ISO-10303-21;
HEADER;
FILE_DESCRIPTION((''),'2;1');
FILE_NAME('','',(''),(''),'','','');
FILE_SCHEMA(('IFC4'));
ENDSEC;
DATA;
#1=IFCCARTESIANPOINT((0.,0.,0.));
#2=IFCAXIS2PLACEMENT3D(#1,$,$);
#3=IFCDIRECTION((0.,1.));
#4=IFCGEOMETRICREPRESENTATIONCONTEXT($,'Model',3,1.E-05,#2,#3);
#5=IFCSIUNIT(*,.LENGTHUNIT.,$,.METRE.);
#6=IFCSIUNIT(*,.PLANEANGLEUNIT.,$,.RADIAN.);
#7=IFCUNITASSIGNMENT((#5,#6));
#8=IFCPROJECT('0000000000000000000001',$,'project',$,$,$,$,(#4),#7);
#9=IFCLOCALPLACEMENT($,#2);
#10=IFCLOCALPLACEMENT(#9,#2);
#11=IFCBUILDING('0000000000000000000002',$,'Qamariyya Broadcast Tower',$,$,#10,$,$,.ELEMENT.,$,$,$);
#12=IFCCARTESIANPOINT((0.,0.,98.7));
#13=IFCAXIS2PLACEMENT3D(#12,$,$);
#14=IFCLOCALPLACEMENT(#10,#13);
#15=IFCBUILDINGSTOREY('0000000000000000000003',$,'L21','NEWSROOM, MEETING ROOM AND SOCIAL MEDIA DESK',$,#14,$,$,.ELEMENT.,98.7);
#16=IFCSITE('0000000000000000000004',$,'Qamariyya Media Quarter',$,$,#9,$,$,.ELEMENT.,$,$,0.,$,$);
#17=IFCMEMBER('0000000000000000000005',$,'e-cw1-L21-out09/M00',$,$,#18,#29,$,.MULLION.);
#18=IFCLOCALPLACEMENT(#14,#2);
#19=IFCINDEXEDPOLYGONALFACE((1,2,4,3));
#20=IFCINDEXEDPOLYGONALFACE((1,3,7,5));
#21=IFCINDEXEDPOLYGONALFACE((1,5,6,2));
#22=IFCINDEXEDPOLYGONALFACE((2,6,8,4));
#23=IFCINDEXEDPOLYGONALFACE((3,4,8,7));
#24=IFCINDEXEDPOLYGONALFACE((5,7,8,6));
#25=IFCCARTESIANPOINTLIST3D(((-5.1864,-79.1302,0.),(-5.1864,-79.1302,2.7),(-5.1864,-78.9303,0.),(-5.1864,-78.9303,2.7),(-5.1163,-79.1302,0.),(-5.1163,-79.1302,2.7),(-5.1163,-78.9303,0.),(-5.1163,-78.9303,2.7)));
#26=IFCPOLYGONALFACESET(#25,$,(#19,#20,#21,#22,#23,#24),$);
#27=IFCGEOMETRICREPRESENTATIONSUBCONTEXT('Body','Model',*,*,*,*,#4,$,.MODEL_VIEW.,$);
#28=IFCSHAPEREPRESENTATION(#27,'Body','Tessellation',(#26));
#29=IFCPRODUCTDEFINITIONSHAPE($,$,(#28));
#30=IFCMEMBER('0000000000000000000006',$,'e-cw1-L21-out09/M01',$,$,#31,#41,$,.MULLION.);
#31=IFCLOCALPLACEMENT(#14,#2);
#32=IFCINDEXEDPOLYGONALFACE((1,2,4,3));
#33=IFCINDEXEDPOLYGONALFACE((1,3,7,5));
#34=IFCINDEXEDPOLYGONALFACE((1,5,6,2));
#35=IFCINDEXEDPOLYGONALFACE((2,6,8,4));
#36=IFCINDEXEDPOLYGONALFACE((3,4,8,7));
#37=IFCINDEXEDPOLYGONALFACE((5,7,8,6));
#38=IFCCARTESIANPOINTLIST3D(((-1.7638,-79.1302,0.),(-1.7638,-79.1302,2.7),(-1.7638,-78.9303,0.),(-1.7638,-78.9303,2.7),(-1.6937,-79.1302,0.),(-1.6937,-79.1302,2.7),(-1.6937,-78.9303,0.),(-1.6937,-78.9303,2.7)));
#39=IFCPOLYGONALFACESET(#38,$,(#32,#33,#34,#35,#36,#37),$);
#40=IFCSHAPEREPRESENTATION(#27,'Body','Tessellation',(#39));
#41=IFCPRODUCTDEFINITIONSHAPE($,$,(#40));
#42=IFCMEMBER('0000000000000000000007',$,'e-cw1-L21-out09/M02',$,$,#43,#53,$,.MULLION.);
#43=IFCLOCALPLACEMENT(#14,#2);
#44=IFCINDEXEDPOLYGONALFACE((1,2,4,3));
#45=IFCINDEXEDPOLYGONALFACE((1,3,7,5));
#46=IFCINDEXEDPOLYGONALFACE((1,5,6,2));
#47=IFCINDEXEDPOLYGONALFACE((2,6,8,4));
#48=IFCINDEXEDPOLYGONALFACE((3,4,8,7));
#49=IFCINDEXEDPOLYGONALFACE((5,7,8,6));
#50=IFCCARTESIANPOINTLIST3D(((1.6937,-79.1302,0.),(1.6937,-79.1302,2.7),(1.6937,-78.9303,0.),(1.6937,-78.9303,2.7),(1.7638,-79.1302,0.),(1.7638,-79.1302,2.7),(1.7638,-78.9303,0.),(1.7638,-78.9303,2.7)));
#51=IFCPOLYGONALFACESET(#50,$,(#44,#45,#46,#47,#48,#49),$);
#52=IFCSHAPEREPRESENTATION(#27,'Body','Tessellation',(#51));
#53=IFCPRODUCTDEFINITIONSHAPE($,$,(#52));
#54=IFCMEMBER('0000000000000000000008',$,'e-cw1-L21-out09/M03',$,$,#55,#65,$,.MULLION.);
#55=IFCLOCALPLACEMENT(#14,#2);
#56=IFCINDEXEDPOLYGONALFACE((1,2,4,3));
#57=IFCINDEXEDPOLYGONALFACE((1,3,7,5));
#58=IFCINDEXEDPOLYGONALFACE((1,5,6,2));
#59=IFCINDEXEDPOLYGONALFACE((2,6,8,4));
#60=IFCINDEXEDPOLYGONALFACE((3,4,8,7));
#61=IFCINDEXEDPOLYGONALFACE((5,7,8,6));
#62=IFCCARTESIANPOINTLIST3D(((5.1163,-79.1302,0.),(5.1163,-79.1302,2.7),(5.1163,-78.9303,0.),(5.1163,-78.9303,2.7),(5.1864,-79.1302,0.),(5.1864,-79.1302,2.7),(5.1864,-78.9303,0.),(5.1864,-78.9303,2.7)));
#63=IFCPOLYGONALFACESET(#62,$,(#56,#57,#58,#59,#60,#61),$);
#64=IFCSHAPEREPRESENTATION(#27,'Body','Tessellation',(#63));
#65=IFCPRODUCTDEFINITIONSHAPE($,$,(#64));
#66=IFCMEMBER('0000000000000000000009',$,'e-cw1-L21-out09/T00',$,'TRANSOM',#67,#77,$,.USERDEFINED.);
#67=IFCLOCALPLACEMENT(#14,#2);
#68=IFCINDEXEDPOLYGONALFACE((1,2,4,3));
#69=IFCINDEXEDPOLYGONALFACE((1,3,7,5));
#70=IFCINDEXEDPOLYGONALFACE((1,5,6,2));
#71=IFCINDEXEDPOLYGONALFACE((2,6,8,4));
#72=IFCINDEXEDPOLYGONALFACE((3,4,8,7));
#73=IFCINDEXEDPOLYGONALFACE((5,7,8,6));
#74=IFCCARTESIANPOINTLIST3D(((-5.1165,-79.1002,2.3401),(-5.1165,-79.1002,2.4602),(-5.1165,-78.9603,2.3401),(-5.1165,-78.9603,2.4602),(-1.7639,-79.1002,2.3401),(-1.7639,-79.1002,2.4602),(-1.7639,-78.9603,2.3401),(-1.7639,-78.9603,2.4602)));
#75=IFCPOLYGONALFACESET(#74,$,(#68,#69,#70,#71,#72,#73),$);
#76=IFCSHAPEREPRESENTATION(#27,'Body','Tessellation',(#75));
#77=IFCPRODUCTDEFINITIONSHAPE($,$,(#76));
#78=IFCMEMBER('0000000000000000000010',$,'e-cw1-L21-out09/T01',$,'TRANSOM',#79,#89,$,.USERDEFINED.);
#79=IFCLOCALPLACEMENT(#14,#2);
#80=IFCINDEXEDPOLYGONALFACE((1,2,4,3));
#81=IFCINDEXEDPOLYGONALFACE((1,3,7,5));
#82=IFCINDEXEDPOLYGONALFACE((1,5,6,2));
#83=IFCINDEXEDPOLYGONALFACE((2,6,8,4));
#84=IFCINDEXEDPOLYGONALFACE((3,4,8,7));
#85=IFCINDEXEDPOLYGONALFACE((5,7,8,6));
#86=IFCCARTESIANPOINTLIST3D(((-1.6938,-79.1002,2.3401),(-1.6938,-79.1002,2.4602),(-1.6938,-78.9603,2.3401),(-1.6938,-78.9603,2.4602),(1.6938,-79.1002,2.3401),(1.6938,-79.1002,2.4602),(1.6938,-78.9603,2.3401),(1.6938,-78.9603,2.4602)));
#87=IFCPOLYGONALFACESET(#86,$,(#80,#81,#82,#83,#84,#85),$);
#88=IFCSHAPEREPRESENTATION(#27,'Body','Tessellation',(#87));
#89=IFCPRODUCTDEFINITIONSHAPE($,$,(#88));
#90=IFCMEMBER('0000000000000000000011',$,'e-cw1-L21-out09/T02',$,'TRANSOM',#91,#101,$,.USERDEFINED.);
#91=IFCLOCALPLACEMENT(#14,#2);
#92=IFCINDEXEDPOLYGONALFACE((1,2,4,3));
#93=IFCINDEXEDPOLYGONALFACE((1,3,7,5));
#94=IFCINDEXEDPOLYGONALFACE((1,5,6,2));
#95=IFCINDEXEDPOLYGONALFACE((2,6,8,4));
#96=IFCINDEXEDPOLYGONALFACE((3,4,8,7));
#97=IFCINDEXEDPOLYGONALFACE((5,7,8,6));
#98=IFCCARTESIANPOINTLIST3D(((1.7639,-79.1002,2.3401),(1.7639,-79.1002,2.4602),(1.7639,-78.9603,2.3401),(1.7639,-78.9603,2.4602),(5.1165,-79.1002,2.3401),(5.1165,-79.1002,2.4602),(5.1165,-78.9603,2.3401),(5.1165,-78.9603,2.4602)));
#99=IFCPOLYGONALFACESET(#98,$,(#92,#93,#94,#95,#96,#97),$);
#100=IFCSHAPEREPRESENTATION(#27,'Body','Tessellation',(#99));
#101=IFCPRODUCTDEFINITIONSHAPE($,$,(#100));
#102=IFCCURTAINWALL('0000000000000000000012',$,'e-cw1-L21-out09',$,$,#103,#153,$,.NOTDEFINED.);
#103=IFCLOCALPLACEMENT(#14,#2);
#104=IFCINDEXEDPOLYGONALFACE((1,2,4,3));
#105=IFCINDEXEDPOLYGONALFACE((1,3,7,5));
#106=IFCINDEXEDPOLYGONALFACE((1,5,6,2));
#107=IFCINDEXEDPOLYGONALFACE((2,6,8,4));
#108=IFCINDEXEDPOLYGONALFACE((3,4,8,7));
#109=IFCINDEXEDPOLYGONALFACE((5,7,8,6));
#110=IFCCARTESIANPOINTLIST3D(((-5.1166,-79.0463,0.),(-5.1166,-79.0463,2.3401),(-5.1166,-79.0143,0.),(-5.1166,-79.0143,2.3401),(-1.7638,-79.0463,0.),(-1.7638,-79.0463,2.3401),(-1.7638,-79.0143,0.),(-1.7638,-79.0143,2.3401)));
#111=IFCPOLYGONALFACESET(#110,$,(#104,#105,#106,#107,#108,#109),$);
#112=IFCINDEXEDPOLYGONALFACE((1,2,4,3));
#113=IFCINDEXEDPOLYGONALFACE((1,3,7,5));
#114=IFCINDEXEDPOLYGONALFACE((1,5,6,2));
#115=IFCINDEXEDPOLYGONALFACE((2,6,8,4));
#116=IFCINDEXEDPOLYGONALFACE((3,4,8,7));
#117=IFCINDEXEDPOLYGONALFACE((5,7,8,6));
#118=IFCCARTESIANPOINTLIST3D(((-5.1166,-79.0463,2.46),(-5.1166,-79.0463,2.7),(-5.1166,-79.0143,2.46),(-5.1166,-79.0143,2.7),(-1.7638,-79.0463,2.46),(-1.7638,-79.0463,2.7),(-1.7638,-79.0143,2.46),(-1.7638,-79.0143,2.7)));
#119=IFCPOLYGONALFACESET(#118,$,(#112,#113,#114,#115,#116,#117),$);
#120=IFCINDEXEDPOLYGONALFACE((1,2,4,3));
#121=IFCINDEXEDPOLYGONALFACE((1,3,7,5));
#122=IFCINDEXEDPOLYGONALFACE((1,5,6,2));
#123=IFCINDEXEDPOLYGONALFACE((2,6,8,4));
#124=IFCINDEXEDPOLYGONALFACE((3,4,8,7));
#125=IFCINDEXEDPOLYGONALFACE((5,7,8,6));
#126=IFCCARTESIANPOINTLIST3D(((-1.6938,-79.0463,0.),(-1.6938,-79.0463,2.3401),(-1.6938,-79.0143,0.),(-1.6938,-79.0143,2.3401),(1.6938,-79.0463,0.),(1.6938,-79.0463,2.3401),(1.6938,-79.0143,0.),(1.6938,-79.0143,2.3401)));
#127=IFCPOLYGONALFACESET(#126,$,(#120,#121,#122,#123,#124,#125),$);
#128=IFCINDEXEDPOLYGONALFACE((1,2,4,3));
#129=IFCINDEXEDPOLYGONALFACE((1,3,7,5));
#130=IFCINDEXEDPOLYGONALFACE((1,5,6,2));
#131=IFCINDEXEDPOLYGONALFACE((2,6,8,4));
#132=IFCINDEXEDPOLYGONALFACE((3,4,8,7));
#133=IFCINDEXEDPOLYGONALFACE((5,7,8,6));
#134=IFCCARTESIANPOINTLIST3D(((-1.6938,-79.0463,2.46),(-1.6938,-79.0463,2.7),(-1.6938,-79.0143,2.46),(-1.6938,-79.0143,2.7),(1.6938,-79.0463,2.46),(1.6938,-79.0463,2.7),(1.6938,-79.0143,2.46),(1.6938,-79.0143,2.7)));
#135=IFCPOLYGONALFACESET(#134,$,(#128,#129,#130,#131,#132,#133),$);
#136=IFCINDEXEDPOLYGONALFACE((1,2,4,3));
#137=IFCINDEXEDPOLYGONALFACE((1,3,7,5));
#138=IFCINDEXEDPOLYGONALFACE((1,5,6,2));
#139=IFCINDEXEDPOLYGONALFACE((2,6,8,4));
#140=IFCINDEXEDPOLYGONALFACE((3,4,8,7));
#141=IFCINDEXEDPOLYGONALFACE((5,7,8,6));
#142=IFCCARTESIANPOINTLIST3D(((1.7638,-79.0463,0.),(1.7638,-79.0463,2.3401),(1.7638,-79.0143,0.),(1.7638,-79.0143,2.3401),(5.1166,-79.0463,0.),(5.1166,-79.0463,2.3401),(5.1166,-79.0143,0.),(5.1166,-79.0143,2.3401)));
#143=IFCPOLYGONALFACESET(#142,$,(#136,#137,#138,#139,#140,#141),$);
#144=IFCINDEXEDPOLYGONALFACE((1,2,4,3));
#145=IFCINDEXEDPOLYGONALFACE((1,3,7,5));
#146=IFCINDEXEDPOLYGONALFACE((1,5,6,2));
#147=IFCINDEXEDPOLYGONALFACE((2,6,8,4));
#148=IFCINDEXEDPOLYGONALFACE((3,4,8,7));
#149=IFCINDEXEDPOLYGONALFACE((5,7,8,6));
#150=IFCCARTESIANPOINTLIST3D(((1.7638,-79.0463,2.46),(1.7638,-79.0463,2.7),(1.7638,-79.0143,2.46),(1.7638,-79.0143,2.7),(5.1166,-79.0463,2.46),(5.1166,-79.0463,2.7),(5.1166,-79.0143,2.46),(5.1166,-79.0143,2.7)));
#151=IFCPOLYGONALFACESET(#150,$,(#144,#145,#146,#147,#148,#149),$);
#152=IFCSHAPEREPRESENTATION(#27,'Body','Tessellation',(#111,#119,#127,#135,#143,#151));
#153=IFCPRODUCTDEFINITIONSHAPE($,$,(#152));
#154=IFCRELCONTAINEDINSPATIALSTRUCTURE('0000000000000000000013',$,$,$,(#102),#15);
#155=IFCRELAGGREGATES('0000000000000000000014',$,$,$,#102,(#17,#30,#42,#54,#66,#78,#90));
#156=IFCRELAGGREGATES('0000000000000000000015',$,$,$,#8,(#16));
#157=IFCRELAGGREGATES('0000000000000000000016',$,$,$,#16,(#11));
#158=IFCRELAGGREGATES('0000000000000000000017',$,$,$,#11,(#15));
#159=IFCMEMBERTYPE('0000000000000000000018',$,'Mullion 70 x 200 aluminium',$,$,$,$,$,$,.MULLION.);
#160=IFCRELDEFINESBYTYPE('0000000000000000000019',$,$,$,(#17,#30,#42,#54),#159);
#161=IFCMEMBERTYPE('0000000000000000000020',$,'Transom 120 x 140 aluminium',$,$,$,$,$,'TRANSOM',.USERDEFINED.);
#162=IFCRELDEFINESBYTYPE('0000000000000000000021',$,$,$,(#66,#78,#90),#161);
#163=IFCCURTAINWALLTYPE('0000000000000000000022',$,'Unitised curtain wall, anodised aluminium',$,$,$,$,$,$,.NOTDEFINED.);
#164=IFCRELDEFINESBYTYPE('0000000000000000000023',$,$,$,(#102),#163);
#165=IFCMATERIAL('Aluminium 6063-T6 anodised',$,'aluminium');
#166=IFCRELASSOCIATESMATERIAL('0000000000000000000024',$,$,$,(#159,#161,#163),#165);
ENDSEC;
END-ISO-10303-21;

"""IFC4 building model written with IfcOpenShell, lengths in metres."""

from ifc_helpers import new_model, si_unit, direction, frame, origin, origin_2d, place, context, subcontext, project, spatial, rectangle, extrude, material, material_profile, profile_set, type_object, element, aggregate, save


model = new_model("IFC4")

# Units and contexts
model_context = context("Model", 3, precision=1e-05, world=origin(), true_north=direction((0.0, 1.0)))
body_context = subcontext(model_context, "Body", "Model", "MODEL_VIEW")
ifc_project = project(units=[si_unit("LENGTHUNIT", "METRE"), si_unit("PLANEANGLEUNIT", "RADIAN")], contexts=[model_context])

# Members
ifc_material = material(Name="Aluminium 6063-T6 anodised", Category="aluminium")
ifc_material_profile_1 = material_profile(ifc_material, rectangle(XDim=0.2, YDim=0.0701, at=origin_2d()))
ifc_profile_set_1 = profile_set([ifc_material_profile_1], Name="Aluminium 6063-T6 anodised")
member_type_1 = type_object("IfcMemberType", Name="Mullion 70 x 200 aluminium", PredefinedType="MULLION", material=ifc_profile_set_1)
site_placement = place(None, origin())
building_placement = place(site_placement, origin())
storey_placement = place(building_placement, frame((0.0, 0.0, 98.7)))
member_1_placement = place(storey_placement, frame((-5.1514, -79.0303, 0.0), z_axis=(0.0, 0.0, 1.0), x_axis=(0.0, 1.0, 0.0)))
member_1 = element("IfcMember", 1, at=member_1_placement, type_object=member_type_1, Name="e-cw1-L21-out09/M00", PredefinedType="MULLION", context=body_context, shape_type="SweptSolid", body=[
    extrude(rectangle(XDim=0.2, YDim=0.0701, at=origin_2d()), origin(), (0.0, 0.0, 1.0), 2.7),
])
member_2_placement = place(storey_placement, frame((-1.7288, -79.0303, 0.0), z_axis=(0.0, 0.0, 1.0), x_axis=(0.0, 1.0, 0.0)))
member_2 = element("IfcMember", 2, at=member_2_placement, type_object=member_type_1, Name="e-cw1-L21-out09/M01", PredefinedType="MULLION", context=body_context, shape_type="SweptSolid", body=[
    extrude(rectangle(XDim=0.2, YDim=0.0701, at=origin_2d()), origin(), (0.0, 0.0, 1.0), 2.7),
])
member_3_placement = place(storey_placement, frame((1.7288, -79.0303, 0.0), z_axis=(0.0, 0.0, 1.0), x_axis=(0.0, 1.0, 0.0)))
member_3 = element("IfcMember", 3, at=member_3_placement, type_object=member_type_1, Name="e-cw1-L21-out09/M02", PredefinedType="MULLION", context=body_context, shape_type="SweptSolid", body=[
    extrude(rectangle(XDim=0.2, YDim=0.0701, at=origin_2d()), origin(), (0.0, 0.0, 1.0), 2.7),
])
member_4_placement = place(storey_placement, frame((5.1514, -79.0303, 0.0), z_axis=(0.0, 0.0, 1.0), x_axis=(0.0, 1.0, 0.0)))
member_4 = element("IfcMember", 4, at=member_4_placement, type_object=member_type_1, Name="e-cw1-L21-out09/M03", PredefinedType="MULLION", context=body_context, shape_type="SweptSolid", body=[
    extrude(rectangle(XDim=0.2, YDim=0.0701, at=origin_2d()), origin(), (0.0, 0.0, 1.0), 2.7),
])
ifc_material_profile_2 = material_profile(ifc_material, rectangle(XDim=0.1399, YDim=0.1201, at=origin_2d()))
ifc_profile_set_2 = profile_set([ifc_material_profile_2], Name="Aluminium 6063-T6 anodised")
member_type_2 = type_object("IfcMemberType", Name="Transom 120 x 140 aluminium", ElementType="TRANSOM", PredefinedType="USERDEFINED", material=ifc_profile_set_2)
member_5_placement = place(storey_placement, frame((-5.1165, -79.0303, 2.4001), z_axis=(1.0, 0.0, 0.0), x_axis=(0.0, 1.0, 0.0)))
member_5 = element("IfcMember", 5, at=member_5_placement, type_object=member_type_2, Name="e-cw1-L21-out09/T00", ObjectType="TRANSOM", PredefinedType="USERDEFINED", context=body_context, shape_type="SweptSolid", body=[
    extrude(rectangle(XDim=0.1399, YDim=0.1201, at=origin_2d()), origin(), (0.0, 0.0, 1.0), 3.3525),
])
member_6_placement = place(storey_placement, frame((-1.6938, -79.0303, 2.4001), z_axis=(1.0, 0.0, 0.0), x_axis=(0.0, 1.0, 0.0)))
member_6 = element("IfcMember", 6, at=member_6_placement, type_object=member_type_2, Name="e-cw1-L21-out09/T01", ObjectType="TRANSOM", PredefinedType="USERDEFINED", context=body_context, shape_type="SweptSolid", body=[
    extrude(rectangle(XDim=0.1399, YDim=0.1201, at=origin_2d()), origin(), (0.0, 0.0, 1.0), 3.3877),
])
member_7_placement = place(storey_placement, frame((1.7639, -79.0303, 2.4001), z_axis=(1.0, 0.0, 0.0), x_axis=(0.0, 1.0, 0.0)))
member_7 = element("IfcMember", 7, at=member_7_placement, type_object=member_type_2, Name="e-cw1-L21-out09/T02", ObjectType="TRANSOM", PredefinedType="USERDEFINED", context=body_context, shape_type="SweptSolid", body=[
    extrude(rectangle(XDim=0.1399, YDim=0.1201, at=origin_2d()), origin(), (0.0, 0.0, 1.0), 3.3525),
])

# Site, building, storey
site = spatial("IfcSite", under=ifc_project, at=site_placement, Name="Qamariyya Media Quarter", CompositionType="ELEMENT", RefElevation=0.0)
building = spatial("IfcBuilding", under=site, at=building_placement, Name="Qamariyya Broadcast Tower", CompositionType="ELEMENT")
storey = spatial("IfcBuildingStorey", under=building, at=storey_placement, Name="L21", Description="NEWSROOM, MEETING ROOM AND SOCIAL MEDIA DESK", CompositionType="ELEMENT", Elevation=98.7)

# Curtain wall
curtain_wall_type = type_object("IfcCurtainWallType", Name="Unitised curtain wall, anodised aluminium", PredefinedType="NOTDEFINED", material=ifc_material)
curtain_wall_1_placement = place(storey_placement, origin())
curtain_wall_1 = element("IfcCurtainWall", 8, at=curtain_wall_1_placement, inside=storey, type_object=curtain_wall_type, Name="e-cw1-L21-out09", PredefinedType="NOTDEFINED", context=body_context, shape_type="SweptSolid", body=[
    extrude(rectangle(XDim=3.3528, YDim=0.032, at=origin_2d()), frame((-3.4402, -79.0303, 0.0), x_axis=(1.0, 0.0, 0.0)), (0.0, 0.0, 1.0), 2.3401),
    extrude(rectangle(XDim=3.3528, YDim=0.032, at=origin_2d()), frame((-3.4402, -79.0303, 2.46), x_axis=(1.0, 0.0, 0.0)), (0.0, 0.0, 1.0), 0.24),
    extrude(rectangle(XDim=3.3877, YDim=0.032, at=origin_2d()), frame((0.0, -79.0303, 0.0), x_axis=(1.0, 0.0, 0.0)), (0.0, 0.0, 1.0), 2.3401),
    extrude(rectangle(XDim=3.3877, YDim=0.032, at=origin_2d()), frame((0.0, -79.0303, 2.46), x_axis=(1.0, 0.0, 0.0)), (0.0, 0.0, 1.0), 0.24),
    extrude(rectangle(XDim=3.3528, YDim=0.032, at=origin_2d()), frame((3.4402, -79.0303, 0.0), x_axis=(1.0, 0.0, 0.0)), (0.0, 0.0, 1.0), 2.3401),
    extrude(rectangle(XDim=3.3528, YDim=0.032, at=origin_2d()), frame((3.4402, -79.0303, 2.46), x_axis=(1.0, 0.0, 0.0)), (0.0, 0.0, 1.0), 0.24),
])
aggregate(curtain_wall_1, [member_1, member_2, member_3, member_4, member_5, member_6, member_7])

save(model, "model.ifc")
